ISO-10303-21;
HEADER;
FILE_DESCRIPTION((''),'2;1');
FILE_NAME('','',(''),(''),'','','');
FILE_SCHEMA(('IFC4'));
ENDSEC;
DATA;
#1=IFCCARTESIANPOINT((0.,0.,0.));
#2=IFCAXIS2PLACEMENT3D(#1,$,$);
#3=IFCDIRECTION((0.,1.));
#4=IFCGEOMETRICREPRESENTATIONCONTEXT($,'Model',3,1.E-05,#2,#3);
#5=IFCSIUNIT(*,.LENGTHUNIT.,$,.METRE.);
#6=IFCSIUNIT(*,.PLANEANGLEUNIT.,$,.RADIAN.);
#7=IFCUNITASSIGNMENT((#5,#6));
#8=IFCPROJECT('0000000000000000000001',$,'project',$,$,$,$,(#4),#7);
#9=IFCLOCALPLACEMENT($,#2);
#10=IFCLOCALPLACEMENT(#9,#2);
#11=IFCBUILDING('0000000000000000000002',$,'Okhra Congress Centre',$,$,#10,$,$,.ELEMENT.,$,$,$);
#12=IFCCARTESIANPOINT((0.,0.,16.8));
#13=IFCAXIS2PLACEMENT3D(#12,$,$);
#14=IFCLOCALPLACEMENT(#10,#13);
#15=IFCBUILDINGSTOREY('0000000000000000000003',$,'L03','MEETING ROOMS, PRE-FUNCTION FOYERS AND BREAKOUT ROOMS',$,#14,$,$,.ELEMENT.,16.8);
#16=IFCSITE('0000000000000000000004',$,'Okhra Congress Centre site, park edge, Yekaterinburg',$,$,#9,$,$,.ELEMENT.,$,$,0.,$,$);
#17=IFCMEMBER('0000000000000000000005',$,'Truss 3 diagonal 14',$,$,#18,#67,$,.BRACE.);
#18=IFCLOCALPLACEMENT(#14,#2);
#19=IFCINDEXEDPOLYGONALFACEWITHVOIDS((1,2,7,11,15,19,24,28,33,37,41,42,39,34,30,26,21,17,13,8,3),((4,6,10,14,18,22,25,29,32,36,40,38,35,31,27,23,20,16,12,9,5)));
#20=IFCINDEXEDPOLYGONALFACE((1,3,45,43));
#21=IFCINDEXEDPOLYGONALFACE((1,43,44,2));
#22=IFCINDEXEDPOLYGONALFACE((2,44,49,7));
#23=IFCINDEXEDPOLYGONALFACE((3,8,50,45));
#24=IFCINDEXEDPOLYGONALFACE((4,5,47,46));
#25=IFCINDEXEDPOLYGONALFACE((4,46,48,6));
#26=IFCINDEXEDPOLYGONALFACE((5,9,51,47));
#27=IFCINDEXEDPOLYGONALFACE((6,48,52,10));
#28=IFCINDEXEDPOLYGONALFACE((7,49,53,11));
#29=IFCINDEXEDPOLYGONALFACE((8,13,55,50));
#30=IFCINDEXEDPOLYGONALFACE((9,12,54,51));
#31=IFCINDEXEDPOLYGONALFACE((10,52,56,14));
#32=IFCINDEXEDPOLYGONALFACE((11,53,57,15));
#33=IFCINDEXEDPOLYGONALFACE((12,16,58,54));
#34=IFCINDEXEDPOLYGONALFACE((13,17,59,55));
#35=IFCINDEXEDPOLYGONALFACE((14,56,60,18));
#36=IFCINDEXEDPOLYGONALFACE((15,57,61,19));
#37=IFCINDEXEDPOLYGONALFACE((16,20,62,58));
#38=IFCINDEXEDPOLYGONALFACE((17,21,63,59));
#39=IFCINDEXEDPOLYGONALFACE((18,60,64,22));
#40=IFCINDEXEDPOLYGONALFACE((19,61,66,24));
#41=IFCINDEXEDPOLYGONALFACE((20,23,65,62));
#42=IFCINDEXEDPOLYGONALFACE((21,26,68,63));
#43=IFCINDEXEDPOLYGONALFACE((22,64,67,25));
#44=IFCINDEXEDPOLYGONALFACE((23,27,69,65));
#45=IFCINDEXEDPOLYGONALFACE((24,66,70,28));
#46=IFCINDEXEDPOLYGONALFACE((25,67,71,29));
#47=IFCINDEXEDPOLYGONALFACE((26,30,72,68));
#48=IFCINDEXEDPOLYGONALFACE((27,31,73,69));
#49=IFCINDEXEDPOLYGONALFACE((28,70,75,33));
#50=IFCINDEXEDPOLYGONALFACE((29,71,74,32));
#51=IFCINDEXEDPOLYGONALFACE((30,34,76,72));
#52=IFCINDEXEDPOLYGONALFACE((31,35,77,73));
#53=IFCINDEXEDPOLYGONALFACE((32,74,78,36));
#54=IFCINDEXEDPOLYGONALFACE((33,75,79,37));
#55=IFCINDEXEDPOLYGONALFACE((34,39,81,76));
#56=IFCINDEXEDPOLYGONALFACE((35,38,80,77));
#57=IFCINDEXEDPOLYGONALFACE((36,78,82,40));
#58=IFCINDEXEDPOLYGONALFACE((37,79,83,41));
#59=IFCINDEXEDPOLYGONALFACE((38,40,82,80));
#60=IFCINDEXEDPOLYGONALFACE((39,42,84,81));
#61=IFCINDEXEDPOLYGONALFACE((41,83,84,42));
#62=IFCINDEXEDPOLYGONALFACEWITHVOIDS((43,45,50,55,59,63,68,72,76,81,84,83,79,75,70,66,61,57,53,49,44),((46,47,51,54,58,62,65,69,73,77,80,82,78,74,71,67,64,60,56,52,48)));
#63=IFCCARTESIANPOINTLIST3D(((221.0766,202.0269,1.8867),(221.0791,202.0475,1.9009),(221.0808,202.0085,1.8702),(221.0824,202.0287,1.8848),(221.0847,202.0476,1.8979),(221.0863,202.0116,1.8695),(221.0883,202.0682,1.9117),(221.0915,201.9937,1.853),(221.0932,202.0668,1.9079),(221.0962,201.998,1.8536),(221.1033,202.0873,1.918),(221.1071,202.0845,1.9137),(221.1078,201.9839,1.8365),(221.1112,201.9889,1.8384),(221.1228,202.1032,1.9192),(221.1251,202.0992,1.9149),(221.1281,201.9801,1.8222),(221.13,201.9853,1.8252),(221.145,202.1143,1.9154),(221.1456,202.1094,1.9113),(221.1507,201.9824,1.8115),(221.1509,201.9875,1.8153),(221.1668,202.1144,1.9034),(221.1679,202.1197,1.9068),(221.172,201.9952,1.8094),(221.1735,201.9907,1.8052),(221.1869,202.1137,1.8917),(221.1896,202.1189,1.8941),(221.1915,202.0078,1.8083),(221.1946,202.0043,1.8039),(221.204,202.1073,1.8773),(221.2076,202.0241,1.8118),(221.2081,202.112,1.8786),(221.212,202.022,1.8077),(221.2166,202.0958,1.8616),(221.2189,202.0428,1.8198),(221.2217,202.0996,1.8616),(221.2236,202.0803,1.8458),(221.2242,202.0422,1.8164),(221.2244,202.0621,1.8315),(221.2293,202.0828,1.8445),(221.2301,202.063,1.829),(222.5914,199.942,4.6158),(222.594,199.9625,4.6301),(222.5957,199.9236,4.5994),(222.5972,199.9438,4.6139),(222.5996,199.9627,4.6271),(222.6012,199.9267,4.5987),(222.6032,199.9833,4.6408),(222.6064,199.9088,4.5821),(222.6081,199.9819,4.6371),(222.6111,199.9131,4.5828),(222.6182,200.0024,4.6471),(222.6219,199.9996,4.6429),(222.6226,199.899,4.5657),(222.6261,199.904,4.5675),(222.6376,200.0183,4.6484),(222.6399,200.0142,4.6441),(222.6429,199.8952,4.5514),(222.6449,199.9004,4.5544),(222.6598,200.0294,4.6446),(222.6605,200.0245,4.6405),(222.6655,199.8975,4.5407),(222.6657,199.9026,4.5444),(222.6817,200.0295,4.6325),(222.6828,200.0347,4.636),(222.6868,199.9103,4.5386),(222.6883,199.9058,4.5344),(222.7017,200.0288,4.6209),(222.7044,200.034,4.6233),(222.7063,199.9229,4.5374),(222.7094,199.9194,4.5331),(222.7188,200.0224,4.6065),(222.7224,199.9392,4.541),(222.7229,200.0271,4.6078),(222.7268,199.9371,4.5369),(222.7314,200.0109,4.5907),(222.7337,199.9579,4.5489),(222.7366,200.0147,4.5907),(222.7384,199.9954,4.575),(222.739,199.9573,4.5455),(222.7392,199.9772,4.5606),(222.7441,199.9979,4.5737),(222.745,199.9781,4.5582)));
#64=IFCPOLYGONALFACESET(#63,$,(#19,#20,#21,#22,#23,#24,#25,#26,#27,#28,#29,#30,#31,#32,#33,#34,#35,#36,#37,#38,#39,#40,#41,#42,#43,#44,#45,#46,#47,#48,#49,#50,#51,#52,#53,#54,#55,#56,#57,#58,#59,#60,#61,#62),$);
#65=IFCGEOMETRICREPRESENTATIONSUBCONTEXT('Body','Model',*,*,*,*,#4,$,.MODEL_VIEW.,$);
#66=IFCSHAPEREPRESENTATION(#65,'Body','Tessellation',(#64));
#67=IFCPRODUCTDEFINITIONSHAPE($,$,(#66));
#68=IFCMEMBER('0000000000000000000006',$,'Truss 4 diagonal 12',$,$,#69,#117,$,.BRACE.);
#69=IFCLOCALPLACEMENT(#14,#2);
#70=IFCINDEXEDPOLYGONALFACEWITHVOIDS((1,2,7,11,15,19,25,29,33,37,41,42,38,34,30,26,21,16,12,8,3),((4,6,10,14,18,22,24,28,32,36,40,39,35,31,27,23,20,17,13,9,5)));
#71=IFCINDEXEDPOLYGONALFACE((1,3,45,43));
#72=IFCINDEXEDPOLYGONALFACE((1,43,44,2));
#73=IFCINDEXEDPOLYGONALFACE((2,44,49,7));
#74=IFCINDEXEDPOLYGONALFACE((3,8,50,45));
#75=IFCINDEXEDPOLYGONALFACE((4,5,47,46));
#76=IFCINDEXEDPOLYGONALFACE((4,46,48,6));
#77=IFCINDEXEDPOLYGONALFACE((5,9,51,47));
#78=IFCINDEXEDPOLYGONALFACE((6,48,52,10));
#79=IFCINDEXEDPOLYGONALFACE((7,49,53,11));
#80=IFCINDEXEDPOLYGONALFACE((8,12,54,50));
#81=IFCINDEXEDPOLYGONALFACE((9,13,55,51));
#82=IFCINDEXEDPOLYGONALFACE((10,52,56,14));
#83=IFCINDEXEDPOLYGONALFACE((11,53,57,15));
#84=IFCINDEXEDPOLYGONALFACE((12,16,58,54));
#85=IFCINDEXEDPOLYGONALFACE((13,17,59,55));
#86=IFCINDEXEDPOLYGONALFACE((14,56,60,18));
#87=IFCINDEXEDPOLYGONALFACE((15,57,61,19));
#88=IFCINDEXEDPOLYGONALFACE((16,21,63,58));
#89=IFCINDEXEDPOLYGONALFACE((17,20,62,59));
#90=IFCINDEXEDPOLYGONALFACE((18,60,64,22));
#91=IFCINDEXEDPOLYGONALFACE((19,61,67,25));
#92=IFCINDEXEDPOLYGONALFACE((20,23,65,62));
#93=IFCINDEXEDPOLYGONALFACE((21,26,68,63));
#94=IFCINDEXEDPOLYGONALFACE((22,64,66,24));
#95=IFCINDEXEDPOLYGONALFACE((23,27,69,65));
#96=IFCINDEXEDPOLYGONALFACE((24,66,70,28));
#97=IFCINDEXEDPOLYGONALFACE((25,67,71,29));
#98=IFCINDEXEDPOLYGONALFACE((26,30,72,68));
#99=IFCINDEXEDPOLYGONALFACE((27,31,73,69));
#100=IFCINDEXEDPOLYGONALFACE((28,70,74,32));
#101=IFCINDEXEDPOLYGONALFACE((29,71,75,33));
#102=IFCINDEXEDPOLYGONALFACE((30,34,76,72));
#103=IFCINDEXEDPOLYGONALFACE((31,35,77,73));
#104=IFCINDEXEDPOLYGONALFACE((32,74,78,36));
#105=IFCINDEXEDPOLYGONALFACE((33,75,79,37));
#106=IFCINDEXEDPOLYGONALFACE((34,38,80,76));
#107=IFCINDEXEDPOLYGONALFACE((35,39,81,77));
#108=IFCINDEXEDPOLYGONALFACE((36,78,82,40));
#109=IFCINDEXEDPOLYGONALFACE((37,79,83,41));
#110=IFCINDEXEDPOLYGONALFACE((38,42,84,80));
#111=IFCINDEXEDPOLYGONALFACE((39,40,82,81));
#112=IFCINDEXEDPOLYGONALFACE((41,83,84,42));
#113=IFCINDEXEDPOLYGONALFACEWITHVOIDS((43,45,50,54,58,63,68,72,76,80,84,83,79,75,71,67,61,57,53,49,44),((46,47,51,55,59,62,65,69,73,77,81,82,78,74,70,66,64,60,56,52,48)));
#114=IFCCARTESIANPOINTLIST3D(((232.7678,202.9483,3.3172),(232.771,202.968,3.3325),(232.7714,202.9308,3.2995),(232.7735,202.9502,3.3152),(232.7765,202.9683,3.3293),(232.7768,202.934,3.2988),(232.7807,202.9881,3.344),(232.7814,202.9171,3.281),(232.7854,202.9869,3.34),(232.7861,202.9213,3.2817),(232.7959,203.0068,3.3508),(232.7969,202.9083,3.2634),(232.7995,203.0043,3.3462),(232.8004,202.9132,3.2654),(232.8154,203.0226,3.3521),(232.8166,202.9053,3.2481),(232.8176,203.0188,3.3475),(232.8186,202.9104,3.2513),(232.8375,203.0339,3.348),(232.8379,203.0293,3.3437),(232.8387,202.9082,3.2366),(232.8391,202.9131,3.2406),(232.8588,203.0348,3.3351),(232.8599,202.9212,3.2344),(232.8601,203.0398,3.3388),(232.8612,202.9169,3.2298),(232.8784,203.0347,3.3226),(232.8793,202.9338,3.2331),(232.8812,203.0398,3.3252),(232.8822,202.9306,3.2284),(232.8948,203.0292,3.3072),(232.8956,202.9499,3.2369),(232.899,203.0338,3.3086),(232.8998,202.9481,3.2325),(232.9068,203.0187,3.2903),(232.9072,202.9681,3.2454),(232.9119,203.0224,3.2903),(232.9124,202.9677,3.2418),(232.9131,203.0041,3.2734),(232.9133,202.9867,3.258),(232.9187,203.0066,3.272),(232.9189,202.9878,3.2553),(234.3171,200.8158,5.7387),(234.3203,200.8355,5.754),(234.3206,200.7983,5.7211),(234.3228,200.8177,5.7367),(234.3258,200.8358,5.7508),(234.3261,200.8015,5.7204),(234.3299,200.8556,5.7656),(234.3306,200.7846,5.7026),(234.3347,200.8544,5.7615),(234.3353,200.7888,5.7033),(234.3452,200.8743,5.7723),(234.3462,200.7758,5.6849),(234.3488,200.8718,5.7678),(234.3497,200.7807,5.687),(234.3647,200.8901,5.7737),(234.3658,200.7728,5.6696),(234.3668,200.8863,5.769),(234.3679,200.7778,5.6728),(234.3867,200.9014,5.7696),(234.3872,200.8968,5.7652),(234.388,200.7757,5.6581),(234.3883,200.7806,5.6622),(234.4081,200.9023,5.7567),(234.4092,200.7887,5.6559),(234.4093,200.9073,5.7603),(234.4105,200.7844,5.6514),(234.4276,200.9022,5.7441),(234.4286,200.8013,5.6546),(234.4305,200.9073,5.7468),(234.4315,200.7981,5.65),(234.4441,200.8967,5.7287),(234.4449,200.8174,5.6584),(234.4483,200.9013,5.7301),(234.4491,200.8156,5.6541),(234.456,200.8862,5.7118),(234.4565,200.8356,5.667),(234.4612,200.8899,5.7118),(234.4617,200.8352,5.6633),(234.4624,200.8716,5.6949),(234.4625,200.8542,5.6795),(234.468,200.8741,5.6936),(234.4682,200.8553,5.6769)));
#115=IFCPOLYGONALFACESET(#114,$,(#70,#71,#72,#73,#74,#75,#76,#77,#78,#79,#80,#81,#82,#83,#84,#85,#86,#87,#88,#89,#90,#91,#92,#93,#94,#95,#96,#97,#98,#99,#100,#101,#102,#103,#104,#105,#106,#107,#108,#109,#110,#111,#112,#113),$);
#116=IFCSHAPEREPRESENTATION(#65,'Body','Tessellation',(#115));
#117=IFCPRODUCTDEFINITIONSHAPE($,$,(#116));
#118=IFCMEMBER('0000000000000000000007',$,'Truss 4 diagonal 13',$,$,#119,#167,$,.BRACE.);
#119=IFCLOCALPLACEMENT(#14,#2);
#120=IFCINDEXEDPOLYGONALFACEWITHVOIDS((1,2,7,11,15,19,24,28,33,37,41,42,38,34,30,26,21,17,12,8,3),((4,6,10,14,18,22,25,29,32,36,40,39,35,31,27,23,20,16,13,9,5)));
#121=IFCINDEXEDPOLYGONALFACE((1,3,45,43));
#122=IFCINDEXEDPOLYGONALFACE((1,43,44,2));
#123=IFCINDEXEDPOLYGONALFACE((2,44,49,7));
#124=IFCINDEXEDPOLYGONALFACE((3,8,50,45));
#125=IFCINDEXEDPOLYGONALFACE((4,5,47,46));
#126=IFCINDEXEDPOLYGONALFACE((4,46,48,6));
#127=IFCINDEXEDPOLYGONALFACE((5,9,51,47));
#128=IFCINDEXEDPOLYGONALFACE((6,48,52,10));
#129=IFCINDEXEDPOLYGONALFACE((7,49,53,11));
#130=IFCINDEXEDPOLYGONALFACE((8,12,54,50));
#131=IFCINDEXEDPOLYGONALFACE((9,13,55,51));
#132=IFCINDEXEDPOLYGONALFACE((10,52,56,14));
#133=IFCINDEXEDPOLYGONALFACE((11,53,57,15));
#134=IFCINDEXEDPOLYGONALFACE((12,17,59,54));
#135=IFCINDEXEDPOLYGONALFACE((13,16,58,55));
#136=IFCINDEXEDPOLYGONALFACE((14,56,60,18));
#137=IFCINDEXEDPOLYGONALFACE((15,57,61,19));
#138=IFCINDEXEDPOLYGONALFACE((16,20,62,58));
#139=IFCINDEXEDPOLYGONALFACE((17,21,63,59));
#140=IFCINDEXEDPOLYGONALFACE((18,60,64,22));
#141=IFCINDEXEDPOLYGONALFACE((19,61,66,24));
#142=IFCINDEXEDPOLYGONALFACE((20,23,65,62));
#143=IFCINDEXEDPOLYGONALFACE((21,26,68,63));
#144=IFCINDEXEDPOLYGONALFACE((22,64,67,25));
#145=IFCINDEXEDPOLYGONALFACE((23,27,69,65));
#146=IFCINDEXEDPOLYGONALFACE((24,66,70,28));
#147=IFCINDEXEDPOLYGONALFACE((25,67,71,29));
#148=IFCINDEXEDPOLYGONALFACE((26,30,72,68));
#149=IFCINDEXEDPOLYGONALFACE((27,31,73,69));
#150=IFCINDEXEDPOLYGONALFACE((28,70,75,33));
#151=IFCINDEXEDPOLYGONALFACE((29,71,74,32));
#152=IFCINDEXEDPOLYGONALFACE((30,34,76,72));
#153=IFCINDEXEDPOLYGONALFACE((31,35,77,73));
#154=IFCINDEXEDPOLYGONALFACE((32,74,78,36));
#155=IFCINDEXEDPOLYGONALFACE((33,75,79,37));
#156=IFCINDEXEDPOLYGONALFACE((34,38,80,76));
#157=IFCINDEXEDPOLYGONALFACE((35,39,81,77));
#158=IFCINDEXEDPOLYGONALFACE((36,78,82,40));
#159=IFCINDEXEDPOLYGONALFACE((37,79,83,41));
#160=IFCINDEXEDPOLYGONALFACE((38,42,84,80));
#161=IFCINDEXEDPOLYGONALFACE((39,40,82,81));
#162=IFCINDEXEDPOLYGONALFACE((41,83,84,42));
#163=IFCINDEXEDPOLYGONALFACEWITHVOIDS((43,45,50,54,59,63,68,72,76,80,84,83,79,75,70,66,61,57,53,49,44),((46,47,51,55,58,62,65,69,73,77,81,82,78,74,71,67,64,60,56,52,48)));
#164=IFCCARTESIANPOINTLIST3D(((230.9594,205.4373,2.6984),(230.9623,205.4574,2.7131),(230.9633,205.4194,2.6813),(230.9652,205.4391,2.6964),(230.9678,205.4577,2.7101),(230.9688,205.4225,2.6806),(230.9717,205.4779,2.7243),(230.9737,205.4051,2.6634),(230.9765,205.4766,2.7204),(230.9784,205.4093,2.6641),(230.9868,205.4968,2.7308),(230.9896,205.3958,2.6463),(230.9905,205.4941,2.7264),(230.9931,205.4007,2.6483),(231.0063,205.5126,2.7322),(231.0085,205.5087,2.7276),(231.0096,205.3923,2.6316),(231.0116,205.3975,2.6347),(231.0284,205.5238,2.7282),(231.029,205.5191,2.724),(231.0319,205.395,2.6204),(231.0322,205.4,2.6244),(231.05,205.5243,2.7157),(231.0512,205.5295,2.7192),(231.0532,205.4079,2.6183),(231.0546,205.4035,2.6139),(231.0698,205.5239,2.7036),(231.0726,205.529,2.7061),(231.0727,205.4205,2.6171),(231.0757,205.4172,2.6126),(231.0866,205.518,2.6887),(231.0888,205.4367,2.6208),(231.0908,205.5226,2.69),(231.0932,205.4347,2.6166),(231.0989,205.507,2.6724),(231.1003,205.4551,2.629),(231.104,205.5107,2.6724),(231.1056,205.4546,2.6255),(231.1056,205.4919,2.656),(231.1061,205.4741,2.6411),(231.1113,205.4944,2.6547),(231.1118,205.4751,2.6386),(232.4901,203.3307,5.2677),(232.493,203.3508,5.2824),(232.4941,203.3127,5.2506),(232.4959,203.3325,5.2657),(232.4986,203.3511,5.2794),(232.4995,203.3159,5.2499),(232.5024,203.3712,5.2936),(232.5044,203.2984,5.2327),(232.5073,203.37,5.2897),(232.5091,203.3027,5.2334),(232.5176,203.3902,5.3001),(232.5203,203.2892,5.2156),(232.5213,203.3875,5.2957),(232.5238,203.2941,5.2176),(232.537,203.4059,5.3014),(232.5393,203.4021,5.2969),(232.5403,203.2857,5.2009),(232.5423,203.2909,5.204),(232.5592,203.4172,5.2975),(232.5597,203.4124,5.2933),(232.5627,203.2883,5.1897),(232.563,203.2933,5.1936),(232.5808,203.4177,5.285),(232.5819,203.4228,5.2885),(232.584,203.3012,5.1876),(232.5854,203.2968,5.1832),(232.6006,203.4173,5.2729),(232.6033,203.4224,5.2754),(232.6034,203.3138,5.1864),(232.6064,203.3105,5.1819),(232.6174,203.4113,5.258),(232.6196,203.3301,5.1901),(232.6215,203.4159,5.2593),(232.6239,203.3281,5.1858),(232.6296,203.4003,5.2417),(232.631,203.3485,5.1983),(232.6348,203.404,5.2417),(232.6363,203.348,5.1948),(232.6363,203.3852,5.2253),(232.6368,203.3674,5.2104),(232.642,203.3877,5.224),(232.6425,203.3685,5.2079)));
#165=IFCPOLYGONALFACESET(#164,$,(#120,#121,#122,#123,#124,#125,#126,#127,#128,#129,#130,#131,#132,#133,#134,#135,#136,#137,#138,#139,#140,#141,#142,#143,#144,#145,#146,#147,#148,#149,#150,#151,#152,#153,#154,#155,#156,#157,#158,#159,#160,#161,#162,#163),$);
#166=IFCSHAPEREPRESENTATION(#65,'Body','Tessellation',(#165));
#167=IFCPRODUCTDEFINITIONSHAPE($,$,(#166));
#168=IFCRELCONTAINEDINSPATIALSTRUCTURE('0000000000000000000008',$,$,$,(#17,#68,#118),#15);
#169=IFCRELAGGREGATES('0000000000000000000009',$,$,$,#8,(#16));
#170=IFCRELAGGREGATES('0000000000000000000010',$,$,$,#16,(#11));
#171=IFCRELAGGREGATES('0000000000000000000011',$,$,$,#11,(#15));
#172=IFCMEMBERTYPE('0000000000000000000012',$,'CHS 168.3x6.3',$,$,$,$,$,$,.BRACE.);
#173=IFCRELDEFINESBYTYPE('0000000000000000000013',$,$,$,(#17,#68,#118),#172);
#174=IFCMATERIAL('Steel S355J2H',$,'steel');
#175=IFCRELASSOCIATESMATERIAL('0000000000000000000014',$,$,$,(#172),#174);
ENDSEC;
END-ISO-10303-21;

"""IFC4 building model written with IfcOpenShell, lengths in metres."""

from ifc_helpers import new_model, si_unit, direction, frame, origin, origin_2d, place, context, subcontext, project, spatial, hollow_circle, extrude, material, material_profile, profile_set, type_object, element, save


model = new_model("IFC4")

# Units and contexts
model_context = context("Model", 3, precision=1e-05, world=origin(), true_north=direction((0.0, 1.0)))
body_context = subcontext(model_context, "Body", "Model", "MODEL_VIEW")
ifc_project = project(units=[si_unit("LENGTHUNIT", "METRE"), si_unit("PLANEANGLEUNIT", "RADIAN")], contexts=[model_context])

# Site, building, storey
site_placement = place(None, origin())
site = spatial("IfcSite", under=ifc_project, at=site_placement, Name="Okhra Congress Centre site, park edge, Yekaterinburg", CompositionType="ELEMENT", RefElevation=0.0)
building_placement = place(site_placement, origin())
building = spatial("IfcBuilding", under=site, at=building_placement, Name="Okhra Congress Centre", CompositionType="ELEMENT")
storey_placement = place(building_placement, frame((0.0, 0.0, 16.8)))
storey = spatial("IfcBuildingStorey", under=building, at=storey_placement, Name="L03", Description="MEETING ROOMS, PRE-FUNCTION FOYERS AND BREAKOUT ROOMS", CompositionType="ELEMENT", Elevation=16.8)

# Members
ifc_material_1 = material(Name="Steel S355J2H", Category="steel")
ifc_material_profile_1 = material_profile(ifc_material_1, hollow_circle(Radius=0.0842, WallThickness=0.0063, at=origin_2d()), Name="CHS 168.3x6.3")
ifc_profile_set_1 = profile_set([ifc_material_profile_1], Name="Steel S355J2H")
member_type_1 = type_object("IfcMemberType", Name="CHS 168.3x6.3", PredefinedType="BRACE", material=ifc_profile_set_1)
member_1_placement = place(storey_placement, frame((221.1536, 202.05, 1.8616), z_axis=(0.403566, -0.555432, 0.727069), x_axis=(0.809002, 0.587806, 0.0)))
element("IfcMember", 1, at=member_1_placement, inside=storey, type_object=member_type_1, Name="Truss 3 diagonal 14", PredefinedType="BRACE", context=body_context, shape_type="SweptSolid", body=[
    extrude(hollow_circle(Radius=0.0842, WallThickness=0.0063, at=origin_2d()), origin(), (0.0, 0.0, 1.0), 3.7537),
])
member_2_placement = place(storey_placement, frame((232.8438, 202.9729, 3.2903), z_axis=(0.432835, -0.59578, 0.676535), x_axis=(0.809032, 0.587764, 0.0)))
element("IfcMember", 2, at=member_2_placement, inside=storey, type_object=member_type_1, Name="Truss 4 diagonal 12", PredefinedType="BRACE", context=body_context, shape_type="SweptSolid", body=[
    extrude(hollow_circle(Radius=0.0842, WallThickness=0.0063, at=origin_2d()), origin(), (0.0, 0.0, 1.0), 3.5793),
])
member_3_placement = place(storey_placement, frame((231.0359, 205.4612, 2.6724), z_axis=(0.41844, -0.575872, 0.702338), x_axis=(0.808987, 0.587826, 0.0)))
element("IfcMember", 3, at=member_3_placement, inside=storey, type_object=member_type_1, Name="Truss 4 diagonal 13", PredefinedType="BRACE", context=body_context, shape_type="SweptSolid", body=[
    extrude(hollow_circle(Radius=0.0842, WallThickness=0.0063, at=origin_2d()), origin(), (0.0, 0.0, 1.0), 3.6582),
])

save(model, "model.ifc")
